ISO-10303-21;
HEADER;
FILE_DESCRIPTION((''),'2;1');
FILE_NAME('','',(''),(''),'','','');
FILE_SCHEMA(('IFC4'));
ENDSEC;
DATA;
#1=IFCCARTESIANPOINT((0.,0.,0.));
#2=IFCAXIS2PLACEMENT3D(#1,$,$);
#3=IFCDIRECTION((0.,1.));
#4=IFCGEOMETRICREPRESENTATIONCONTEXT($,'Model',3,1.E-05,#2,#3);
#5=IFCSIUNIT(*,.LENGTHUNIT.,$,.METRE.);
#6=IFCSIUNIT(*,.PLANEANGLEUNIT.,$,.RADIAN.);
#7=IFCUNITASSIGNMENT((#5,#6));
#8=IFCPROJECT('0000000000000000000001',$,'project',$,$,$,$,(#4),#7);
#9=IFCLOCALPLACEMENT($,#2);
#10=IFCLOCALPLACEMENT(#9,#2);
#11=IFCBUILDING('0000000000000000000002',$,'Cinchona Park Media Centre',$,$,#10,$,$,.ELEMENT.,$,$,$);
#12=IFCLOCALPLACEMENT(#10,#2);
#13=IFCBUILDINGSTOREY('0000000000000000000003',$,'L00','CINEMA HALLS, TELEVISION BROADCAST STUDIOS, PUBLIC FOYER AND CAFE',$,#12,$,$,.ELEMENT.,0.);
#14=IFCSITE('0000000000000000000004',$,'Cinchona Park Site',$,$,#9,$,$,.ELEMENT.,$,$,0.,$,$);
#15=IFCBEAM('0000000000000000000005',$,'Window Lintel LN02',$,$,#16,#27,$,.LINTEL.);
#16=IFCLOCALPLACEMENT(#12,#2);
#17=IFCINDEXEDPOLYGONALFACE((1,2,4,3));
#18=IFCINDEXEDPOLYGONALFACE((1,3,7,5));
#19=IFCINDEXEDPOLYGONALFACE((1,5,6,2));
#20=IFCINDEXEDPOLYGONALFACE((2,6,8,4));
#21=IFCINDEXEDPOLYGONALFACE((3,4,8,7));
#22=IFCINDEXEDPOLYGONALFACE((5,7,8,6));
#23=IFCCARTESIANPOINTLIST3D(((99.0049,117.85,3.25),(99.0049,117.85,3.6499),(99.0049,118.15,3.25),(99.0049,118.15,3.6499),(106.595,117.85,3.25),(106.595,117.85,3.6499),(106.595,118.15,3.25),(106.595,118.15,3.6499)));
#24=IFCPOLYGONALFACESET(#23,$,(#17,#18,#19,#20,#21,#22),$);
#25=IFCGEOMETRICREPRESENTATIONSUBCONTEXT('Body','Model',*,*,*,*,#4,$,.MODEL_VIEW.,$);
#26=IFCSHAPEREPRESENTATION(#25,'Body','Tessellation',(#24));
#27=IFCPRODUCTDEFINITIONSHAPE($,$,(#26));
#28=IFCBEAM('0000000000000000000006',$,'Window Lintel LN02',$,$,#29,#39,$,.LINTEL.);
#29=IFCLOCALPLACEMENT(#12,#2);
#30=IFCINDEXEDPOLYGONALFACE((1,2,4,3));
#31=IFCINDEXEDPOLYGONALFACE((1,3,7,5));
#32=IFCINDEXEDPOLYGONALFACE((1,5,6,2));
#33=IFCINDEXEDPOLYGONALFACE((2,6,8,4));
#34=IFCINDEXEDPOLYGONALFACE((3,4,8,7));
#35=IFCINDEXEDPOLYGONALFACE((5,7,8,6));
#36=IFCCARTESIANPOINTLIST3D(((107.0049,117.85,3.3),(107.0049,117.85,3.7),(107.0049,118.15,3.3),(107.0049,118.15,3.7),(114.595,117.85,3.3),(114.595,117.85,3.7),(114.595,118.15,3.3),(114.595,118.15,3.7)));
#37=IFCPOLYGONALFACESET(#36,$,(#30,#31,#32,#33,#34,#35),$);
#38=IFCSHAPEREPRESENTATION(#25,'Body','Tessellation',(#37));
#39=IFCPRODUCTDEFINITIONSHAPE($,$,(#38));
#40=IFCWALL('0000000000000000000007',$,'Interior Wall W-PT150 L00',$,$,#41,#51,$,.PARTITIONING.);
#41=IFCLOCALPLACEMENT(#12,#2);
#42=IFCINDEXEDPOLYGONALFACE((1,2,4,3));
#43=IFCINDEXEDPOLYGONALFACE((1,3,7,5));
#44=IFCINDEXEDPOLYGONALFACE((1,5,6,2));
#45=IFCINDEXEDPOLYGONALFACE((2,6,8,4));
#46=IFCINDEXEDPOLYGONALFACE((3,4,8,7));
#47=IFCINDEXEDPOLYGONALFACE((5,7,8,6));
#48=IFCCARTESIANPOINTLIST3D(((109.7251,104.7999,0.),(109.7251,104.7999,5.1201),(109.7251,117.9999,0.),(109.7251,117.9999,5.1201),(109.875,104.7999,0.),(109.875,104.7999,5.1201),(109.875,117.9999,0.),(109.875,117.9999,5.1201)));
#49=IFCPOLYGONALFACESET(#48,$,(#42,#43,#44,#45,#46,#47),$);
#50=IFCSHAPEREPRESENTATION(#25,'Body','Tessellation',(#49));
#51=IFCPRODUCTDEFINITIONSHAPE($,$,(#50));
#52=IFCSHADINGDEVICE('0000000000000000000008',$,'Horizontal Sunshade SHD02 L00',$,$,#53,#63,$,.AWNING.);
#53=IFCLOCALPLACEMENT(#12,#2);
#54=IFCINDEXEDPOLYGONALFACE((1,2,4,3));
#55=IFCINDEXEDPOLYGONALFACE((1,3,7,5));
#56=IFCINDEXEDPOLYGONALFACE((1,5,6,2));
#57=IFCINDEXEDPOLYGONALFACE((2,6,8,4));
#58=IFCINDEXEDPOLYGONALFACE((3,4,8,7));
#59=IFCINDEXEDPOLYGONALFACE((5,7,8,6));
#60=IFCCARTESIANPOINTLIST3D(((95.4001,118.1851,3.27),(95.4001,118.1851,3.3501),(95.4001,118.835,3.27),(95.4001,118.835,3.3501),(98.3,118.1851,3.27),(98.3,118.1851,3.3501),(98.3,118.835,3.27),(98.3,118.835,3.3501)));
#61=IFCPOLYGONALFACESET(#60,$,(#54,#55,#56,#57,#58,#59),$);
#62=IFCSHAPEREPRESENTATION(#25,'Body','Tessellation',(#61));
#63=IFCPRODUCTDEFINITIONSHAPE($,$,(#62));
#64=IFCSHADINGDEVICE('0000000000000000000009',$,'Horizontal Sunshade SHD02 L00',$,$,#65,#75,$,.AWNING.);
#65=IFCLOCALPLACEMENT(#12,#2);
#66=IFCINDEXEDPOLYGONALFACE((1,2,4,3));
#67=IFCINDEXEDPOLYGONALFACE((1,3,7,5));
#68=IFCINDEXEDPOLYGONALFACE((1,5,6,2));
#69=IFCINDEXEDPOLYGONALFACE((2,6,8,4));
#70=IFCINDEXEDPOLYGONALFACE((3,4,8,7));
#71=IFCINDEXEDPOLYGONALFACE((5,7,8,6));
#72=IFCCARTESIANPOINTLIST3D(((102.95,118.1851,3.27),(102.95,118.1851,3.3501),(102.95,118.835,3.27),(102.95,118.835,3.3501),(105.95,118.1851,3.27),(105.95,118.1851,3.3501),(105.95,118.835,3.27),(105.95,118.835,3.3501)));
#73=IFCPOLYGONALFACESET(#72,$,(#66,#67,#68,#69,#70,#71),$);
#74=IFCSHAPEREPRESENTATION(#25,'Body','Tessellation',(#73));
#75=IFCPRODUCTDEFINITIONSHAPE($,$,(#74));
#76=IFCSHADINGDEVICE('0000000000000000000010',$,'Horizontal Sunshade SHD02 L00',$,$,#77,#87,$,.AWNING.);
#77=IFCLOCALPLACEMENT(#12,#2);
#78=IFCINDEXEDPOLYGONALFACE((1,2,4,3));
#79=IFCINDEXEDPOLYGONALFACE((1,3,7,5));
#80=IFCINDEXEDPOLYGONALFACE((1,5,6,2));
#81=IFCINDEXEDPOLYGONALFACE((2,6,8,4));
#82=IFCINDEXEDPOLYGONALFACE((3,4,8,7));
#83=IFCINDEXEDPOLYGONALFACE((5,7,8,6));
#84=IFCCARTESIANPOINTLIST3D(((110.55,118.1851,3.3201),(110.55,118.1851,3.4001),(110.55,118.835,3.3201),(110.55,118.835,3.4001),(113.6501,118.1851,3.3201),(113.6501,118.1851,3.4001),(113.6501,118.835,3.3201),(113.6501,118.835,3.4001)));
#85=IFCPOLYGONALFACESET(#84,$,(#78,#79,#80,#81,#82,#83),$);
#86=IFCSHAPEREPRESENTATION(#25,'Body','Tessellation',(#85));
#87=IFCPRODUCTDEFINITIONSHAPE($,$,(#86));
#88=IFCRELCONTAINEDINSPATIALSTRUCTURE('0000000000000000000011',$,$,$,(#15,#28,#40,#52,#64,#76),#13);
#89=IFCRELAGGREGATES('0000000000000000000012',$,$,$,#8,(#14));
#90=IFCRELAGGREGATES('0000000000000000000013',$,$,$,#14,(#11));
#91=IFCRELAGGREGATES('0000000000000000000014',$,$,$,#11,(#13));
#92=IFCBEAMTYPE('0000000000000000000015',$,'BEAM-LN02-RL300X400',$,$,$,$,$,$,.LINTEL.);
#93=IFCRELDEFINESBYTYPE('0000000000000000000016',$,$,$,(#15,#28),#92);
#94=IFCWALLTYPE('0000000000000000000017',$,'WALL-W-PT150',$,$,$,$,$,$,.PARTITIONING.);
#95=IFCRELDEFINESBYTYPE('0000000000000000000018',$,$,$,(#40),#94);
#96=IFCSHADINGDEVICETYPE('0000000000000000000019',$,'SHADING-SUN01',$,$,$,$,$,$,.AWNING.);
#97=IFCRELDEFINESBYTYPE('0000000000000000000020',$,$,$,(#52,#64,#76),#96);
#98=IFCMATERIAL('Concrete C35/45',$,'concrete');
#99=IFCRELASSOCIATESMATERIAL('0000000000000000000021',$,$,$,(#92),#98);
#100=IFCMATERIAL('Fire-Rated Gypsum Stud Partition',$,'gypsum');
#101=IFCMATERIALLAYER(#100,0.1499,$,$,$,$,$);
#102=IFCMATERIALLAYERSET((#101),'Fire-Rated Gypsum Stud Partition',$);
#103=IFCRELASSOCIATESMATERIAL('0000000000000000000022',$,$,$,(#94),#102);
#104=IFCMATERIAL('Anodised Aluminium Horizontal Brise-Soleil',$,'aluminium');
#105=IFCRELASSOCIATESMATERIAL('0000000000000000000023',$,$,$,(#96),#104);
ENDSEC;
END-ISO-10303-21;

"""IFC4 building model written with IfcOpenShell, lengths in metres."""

from ifc_helpers import new_model, si_unit, direction, frame, frame_2d, origin, origin_2d, place, context, subcontext, project, spatial, rectangle, extrude, material, layer, layer_set, material_profile, profile_set, type_object, element, save


model = new_model("IFC4")

# Units and contexts
model_context = context("Model", 3, precision=1e-05, world=origin(), true_north=direction((0.0, 1.0)))
body_context = subcontext(model_context, "Body", "Model", "MODEL_VIEW")
ifc_project = project(units=[si_unit("LENGTHUNIT", "METRE"), si_unit("PLANEANGLEUNIT", "RADIAN")], contexts=[model_context])

# Site, building, storey
site_placement = place(None, origin())
site = spatial("IfcSite", under=ifc_project, at=site_placement, Name="Cinchona Park Site", CompositionType="ELEMENT", RefElevation=0.0)
building_placement = place(site_placement, origin())
building = spatial("IfcBuilding", under=site, at=building_placement, Name="Cinchona Park Media Centre", CompositionType="ELEMENT")
storey_placement = place(building_placement, origin())
storey = spatial("IfcBuildingStorey", under=building, at=storey_placement, Name="L00", Description="CINEMA HALLS, TELEVISION BROADCAST STUDIOS, PUBLIC FOYER AND CAFE", CompositionType="ELEMENT", Elevation=0.0)

# Beams
ifc_material_1 = material(Name="Concrete C35/45", Category="concrete")
ifc_material_profile_1 = material_profile(ifc_material_1, rectangle(XDim=0.3, YDim=0.3999, at=origin_2d()), Name="RL 300X400")
ifc_profile_set_1 = profile_set([ifc_material_profile_1], Name="Concrete C35/45")
beam_type_1 = type_object("IfcBeamType", Name="BEAM-LN02-RL300X400", PredefinedType="LINTEL", material=ifc_profile_set_1)
for number, where, z_axis, x_axis, name in (
    (1, (99.0049, 118.0, 3.45), (1.0, 0.0, 0.0), (0.0, 1.0, 0.0), "Window Lintel LN02"),
    (2, (107.0049, 118.0, 3.5), (1.0, 0.0, 0.0), (0.0, 1.0, 0.0), "Window Lintel LN02"),
):
    element("IfcBeam", number, at=place(storey_placement, frame(where, z_axis=z_axis, x_axis=x_axis)), inside=storey, type_object=beam_type_1, Name=name, PredefinedType="LINTEL", context=body_context, shape_type="SweptSolid", body=[
        extrude(rectangle(XDim=0.3, YDim=0.3999, at=origin_2d()), origin(), (0.0, 0.0, 1.0), 7.5901),
    ])

# Wall
ifc_material_2 = material(Name="Fire-Rated Gypsum Stud Partition", Category="gypsum")
ifc_layer = layer(ifc_material_2, 0.1499)
ifc_layer_set = layer_set([ifc_layer], Name="Fire-Rated Gypsum Stud Partition")
wall_type = type_object("IfcWallType", Name="WALL-W-PT150", PredefinedType="PARTITIONING", material=ifc_layer_set)
wall_placement = place(storey_placement, frame((109.8, 118.0, 0.0), z_axis=(0.0, 0.0, 1.0), x_axis=(0.0, -1.0, 0.0)))
element("IfcWall", 3, at=wall_placement, inside=storey, type_object=wall_type, Name="Interior Wall W-PT150 L00", PredefinedType="PARTITIONING", context=body_context, shape_type="SweptSolid", body=[
    extrude(rectangle(XDim=13.2, YDim=0.1499, at=frame_2d((6.6001, 0.0))), origin(), (0.0, 0.0, 1.0), 5.1201),
])

# Shading devices
ifc_material_3 = material(Name="Anodised Aluminium Horizontal Brise-Soleil", Category="aluminium")
shading_device_type = type_object("IfcShadingDeviceType", Name="SHADING-SUN01", PredefinedType="AWNING", material=ifc_material_3)
shading_device_1_placement = place(storey_placement, frame((96.8501, 118.51, 3.27), z_axis=(0.0, 0.0, 1.0), x_axis=(1.0, 0.0, 0.0)))
element("IfcShadingDevice", 4, at=shading_device_1_placement, inside=storey, type_object=shading_device_type, Name="Horizontal Sunshade SHD02 L00", PredefinedType="AWNING", context=body_context, shape_type="SweptSolid", body=[
    extrude(rectangle(XDim=2.8999, YDim=0.6499, at=origin_2d()), origin(), (0.0, 0.0, 1.0), 0.0801),
])
shading_device_2_placement = place(storey_placement, frame((104.45, 118.51, 3.27), z_axis=(0.0, 0.0, 1.0), x_axis=(1.0, 0.0, 0.0)))
element("IfcShadingDevice", 5, at=shading_device_2_placement, inside=storey, type_object=shading_device_type, Name="Horizontal Sunshade SHD02 L00", PredefinedType="AWNING", context=body_context, shape_type="SweptSolid", body=[
    extrude(rectangle(XDim=3.0, YDim=0.6499, at=origin_2d()), origin(), (0.0, 0.0, 1.0), 0.0801),
])
shading_device_3_placement = place(storey_placement, frame((112.1001, 118.51, 3.3201), z_axis=(0.0, 0.0, 1.0), x_axis=(1.0, 0.0, 0.0)))
element("IfcShadingDevice", 6, at=shading_device_3_placement, inside=storey, type_object=shading_device_type, Name="Horizontal Sunshade SHD02 L00", PredefinedType="AWNING", context=body_context, shape_type="SweptSolid", body=[
    extrude(rectangle(XDim=3.1001, YDim=0.6499, at=origin_2d()), origin(), (0.0, 0.0, 1.0), 0.0801),
])

save(model, "model.ifc")
